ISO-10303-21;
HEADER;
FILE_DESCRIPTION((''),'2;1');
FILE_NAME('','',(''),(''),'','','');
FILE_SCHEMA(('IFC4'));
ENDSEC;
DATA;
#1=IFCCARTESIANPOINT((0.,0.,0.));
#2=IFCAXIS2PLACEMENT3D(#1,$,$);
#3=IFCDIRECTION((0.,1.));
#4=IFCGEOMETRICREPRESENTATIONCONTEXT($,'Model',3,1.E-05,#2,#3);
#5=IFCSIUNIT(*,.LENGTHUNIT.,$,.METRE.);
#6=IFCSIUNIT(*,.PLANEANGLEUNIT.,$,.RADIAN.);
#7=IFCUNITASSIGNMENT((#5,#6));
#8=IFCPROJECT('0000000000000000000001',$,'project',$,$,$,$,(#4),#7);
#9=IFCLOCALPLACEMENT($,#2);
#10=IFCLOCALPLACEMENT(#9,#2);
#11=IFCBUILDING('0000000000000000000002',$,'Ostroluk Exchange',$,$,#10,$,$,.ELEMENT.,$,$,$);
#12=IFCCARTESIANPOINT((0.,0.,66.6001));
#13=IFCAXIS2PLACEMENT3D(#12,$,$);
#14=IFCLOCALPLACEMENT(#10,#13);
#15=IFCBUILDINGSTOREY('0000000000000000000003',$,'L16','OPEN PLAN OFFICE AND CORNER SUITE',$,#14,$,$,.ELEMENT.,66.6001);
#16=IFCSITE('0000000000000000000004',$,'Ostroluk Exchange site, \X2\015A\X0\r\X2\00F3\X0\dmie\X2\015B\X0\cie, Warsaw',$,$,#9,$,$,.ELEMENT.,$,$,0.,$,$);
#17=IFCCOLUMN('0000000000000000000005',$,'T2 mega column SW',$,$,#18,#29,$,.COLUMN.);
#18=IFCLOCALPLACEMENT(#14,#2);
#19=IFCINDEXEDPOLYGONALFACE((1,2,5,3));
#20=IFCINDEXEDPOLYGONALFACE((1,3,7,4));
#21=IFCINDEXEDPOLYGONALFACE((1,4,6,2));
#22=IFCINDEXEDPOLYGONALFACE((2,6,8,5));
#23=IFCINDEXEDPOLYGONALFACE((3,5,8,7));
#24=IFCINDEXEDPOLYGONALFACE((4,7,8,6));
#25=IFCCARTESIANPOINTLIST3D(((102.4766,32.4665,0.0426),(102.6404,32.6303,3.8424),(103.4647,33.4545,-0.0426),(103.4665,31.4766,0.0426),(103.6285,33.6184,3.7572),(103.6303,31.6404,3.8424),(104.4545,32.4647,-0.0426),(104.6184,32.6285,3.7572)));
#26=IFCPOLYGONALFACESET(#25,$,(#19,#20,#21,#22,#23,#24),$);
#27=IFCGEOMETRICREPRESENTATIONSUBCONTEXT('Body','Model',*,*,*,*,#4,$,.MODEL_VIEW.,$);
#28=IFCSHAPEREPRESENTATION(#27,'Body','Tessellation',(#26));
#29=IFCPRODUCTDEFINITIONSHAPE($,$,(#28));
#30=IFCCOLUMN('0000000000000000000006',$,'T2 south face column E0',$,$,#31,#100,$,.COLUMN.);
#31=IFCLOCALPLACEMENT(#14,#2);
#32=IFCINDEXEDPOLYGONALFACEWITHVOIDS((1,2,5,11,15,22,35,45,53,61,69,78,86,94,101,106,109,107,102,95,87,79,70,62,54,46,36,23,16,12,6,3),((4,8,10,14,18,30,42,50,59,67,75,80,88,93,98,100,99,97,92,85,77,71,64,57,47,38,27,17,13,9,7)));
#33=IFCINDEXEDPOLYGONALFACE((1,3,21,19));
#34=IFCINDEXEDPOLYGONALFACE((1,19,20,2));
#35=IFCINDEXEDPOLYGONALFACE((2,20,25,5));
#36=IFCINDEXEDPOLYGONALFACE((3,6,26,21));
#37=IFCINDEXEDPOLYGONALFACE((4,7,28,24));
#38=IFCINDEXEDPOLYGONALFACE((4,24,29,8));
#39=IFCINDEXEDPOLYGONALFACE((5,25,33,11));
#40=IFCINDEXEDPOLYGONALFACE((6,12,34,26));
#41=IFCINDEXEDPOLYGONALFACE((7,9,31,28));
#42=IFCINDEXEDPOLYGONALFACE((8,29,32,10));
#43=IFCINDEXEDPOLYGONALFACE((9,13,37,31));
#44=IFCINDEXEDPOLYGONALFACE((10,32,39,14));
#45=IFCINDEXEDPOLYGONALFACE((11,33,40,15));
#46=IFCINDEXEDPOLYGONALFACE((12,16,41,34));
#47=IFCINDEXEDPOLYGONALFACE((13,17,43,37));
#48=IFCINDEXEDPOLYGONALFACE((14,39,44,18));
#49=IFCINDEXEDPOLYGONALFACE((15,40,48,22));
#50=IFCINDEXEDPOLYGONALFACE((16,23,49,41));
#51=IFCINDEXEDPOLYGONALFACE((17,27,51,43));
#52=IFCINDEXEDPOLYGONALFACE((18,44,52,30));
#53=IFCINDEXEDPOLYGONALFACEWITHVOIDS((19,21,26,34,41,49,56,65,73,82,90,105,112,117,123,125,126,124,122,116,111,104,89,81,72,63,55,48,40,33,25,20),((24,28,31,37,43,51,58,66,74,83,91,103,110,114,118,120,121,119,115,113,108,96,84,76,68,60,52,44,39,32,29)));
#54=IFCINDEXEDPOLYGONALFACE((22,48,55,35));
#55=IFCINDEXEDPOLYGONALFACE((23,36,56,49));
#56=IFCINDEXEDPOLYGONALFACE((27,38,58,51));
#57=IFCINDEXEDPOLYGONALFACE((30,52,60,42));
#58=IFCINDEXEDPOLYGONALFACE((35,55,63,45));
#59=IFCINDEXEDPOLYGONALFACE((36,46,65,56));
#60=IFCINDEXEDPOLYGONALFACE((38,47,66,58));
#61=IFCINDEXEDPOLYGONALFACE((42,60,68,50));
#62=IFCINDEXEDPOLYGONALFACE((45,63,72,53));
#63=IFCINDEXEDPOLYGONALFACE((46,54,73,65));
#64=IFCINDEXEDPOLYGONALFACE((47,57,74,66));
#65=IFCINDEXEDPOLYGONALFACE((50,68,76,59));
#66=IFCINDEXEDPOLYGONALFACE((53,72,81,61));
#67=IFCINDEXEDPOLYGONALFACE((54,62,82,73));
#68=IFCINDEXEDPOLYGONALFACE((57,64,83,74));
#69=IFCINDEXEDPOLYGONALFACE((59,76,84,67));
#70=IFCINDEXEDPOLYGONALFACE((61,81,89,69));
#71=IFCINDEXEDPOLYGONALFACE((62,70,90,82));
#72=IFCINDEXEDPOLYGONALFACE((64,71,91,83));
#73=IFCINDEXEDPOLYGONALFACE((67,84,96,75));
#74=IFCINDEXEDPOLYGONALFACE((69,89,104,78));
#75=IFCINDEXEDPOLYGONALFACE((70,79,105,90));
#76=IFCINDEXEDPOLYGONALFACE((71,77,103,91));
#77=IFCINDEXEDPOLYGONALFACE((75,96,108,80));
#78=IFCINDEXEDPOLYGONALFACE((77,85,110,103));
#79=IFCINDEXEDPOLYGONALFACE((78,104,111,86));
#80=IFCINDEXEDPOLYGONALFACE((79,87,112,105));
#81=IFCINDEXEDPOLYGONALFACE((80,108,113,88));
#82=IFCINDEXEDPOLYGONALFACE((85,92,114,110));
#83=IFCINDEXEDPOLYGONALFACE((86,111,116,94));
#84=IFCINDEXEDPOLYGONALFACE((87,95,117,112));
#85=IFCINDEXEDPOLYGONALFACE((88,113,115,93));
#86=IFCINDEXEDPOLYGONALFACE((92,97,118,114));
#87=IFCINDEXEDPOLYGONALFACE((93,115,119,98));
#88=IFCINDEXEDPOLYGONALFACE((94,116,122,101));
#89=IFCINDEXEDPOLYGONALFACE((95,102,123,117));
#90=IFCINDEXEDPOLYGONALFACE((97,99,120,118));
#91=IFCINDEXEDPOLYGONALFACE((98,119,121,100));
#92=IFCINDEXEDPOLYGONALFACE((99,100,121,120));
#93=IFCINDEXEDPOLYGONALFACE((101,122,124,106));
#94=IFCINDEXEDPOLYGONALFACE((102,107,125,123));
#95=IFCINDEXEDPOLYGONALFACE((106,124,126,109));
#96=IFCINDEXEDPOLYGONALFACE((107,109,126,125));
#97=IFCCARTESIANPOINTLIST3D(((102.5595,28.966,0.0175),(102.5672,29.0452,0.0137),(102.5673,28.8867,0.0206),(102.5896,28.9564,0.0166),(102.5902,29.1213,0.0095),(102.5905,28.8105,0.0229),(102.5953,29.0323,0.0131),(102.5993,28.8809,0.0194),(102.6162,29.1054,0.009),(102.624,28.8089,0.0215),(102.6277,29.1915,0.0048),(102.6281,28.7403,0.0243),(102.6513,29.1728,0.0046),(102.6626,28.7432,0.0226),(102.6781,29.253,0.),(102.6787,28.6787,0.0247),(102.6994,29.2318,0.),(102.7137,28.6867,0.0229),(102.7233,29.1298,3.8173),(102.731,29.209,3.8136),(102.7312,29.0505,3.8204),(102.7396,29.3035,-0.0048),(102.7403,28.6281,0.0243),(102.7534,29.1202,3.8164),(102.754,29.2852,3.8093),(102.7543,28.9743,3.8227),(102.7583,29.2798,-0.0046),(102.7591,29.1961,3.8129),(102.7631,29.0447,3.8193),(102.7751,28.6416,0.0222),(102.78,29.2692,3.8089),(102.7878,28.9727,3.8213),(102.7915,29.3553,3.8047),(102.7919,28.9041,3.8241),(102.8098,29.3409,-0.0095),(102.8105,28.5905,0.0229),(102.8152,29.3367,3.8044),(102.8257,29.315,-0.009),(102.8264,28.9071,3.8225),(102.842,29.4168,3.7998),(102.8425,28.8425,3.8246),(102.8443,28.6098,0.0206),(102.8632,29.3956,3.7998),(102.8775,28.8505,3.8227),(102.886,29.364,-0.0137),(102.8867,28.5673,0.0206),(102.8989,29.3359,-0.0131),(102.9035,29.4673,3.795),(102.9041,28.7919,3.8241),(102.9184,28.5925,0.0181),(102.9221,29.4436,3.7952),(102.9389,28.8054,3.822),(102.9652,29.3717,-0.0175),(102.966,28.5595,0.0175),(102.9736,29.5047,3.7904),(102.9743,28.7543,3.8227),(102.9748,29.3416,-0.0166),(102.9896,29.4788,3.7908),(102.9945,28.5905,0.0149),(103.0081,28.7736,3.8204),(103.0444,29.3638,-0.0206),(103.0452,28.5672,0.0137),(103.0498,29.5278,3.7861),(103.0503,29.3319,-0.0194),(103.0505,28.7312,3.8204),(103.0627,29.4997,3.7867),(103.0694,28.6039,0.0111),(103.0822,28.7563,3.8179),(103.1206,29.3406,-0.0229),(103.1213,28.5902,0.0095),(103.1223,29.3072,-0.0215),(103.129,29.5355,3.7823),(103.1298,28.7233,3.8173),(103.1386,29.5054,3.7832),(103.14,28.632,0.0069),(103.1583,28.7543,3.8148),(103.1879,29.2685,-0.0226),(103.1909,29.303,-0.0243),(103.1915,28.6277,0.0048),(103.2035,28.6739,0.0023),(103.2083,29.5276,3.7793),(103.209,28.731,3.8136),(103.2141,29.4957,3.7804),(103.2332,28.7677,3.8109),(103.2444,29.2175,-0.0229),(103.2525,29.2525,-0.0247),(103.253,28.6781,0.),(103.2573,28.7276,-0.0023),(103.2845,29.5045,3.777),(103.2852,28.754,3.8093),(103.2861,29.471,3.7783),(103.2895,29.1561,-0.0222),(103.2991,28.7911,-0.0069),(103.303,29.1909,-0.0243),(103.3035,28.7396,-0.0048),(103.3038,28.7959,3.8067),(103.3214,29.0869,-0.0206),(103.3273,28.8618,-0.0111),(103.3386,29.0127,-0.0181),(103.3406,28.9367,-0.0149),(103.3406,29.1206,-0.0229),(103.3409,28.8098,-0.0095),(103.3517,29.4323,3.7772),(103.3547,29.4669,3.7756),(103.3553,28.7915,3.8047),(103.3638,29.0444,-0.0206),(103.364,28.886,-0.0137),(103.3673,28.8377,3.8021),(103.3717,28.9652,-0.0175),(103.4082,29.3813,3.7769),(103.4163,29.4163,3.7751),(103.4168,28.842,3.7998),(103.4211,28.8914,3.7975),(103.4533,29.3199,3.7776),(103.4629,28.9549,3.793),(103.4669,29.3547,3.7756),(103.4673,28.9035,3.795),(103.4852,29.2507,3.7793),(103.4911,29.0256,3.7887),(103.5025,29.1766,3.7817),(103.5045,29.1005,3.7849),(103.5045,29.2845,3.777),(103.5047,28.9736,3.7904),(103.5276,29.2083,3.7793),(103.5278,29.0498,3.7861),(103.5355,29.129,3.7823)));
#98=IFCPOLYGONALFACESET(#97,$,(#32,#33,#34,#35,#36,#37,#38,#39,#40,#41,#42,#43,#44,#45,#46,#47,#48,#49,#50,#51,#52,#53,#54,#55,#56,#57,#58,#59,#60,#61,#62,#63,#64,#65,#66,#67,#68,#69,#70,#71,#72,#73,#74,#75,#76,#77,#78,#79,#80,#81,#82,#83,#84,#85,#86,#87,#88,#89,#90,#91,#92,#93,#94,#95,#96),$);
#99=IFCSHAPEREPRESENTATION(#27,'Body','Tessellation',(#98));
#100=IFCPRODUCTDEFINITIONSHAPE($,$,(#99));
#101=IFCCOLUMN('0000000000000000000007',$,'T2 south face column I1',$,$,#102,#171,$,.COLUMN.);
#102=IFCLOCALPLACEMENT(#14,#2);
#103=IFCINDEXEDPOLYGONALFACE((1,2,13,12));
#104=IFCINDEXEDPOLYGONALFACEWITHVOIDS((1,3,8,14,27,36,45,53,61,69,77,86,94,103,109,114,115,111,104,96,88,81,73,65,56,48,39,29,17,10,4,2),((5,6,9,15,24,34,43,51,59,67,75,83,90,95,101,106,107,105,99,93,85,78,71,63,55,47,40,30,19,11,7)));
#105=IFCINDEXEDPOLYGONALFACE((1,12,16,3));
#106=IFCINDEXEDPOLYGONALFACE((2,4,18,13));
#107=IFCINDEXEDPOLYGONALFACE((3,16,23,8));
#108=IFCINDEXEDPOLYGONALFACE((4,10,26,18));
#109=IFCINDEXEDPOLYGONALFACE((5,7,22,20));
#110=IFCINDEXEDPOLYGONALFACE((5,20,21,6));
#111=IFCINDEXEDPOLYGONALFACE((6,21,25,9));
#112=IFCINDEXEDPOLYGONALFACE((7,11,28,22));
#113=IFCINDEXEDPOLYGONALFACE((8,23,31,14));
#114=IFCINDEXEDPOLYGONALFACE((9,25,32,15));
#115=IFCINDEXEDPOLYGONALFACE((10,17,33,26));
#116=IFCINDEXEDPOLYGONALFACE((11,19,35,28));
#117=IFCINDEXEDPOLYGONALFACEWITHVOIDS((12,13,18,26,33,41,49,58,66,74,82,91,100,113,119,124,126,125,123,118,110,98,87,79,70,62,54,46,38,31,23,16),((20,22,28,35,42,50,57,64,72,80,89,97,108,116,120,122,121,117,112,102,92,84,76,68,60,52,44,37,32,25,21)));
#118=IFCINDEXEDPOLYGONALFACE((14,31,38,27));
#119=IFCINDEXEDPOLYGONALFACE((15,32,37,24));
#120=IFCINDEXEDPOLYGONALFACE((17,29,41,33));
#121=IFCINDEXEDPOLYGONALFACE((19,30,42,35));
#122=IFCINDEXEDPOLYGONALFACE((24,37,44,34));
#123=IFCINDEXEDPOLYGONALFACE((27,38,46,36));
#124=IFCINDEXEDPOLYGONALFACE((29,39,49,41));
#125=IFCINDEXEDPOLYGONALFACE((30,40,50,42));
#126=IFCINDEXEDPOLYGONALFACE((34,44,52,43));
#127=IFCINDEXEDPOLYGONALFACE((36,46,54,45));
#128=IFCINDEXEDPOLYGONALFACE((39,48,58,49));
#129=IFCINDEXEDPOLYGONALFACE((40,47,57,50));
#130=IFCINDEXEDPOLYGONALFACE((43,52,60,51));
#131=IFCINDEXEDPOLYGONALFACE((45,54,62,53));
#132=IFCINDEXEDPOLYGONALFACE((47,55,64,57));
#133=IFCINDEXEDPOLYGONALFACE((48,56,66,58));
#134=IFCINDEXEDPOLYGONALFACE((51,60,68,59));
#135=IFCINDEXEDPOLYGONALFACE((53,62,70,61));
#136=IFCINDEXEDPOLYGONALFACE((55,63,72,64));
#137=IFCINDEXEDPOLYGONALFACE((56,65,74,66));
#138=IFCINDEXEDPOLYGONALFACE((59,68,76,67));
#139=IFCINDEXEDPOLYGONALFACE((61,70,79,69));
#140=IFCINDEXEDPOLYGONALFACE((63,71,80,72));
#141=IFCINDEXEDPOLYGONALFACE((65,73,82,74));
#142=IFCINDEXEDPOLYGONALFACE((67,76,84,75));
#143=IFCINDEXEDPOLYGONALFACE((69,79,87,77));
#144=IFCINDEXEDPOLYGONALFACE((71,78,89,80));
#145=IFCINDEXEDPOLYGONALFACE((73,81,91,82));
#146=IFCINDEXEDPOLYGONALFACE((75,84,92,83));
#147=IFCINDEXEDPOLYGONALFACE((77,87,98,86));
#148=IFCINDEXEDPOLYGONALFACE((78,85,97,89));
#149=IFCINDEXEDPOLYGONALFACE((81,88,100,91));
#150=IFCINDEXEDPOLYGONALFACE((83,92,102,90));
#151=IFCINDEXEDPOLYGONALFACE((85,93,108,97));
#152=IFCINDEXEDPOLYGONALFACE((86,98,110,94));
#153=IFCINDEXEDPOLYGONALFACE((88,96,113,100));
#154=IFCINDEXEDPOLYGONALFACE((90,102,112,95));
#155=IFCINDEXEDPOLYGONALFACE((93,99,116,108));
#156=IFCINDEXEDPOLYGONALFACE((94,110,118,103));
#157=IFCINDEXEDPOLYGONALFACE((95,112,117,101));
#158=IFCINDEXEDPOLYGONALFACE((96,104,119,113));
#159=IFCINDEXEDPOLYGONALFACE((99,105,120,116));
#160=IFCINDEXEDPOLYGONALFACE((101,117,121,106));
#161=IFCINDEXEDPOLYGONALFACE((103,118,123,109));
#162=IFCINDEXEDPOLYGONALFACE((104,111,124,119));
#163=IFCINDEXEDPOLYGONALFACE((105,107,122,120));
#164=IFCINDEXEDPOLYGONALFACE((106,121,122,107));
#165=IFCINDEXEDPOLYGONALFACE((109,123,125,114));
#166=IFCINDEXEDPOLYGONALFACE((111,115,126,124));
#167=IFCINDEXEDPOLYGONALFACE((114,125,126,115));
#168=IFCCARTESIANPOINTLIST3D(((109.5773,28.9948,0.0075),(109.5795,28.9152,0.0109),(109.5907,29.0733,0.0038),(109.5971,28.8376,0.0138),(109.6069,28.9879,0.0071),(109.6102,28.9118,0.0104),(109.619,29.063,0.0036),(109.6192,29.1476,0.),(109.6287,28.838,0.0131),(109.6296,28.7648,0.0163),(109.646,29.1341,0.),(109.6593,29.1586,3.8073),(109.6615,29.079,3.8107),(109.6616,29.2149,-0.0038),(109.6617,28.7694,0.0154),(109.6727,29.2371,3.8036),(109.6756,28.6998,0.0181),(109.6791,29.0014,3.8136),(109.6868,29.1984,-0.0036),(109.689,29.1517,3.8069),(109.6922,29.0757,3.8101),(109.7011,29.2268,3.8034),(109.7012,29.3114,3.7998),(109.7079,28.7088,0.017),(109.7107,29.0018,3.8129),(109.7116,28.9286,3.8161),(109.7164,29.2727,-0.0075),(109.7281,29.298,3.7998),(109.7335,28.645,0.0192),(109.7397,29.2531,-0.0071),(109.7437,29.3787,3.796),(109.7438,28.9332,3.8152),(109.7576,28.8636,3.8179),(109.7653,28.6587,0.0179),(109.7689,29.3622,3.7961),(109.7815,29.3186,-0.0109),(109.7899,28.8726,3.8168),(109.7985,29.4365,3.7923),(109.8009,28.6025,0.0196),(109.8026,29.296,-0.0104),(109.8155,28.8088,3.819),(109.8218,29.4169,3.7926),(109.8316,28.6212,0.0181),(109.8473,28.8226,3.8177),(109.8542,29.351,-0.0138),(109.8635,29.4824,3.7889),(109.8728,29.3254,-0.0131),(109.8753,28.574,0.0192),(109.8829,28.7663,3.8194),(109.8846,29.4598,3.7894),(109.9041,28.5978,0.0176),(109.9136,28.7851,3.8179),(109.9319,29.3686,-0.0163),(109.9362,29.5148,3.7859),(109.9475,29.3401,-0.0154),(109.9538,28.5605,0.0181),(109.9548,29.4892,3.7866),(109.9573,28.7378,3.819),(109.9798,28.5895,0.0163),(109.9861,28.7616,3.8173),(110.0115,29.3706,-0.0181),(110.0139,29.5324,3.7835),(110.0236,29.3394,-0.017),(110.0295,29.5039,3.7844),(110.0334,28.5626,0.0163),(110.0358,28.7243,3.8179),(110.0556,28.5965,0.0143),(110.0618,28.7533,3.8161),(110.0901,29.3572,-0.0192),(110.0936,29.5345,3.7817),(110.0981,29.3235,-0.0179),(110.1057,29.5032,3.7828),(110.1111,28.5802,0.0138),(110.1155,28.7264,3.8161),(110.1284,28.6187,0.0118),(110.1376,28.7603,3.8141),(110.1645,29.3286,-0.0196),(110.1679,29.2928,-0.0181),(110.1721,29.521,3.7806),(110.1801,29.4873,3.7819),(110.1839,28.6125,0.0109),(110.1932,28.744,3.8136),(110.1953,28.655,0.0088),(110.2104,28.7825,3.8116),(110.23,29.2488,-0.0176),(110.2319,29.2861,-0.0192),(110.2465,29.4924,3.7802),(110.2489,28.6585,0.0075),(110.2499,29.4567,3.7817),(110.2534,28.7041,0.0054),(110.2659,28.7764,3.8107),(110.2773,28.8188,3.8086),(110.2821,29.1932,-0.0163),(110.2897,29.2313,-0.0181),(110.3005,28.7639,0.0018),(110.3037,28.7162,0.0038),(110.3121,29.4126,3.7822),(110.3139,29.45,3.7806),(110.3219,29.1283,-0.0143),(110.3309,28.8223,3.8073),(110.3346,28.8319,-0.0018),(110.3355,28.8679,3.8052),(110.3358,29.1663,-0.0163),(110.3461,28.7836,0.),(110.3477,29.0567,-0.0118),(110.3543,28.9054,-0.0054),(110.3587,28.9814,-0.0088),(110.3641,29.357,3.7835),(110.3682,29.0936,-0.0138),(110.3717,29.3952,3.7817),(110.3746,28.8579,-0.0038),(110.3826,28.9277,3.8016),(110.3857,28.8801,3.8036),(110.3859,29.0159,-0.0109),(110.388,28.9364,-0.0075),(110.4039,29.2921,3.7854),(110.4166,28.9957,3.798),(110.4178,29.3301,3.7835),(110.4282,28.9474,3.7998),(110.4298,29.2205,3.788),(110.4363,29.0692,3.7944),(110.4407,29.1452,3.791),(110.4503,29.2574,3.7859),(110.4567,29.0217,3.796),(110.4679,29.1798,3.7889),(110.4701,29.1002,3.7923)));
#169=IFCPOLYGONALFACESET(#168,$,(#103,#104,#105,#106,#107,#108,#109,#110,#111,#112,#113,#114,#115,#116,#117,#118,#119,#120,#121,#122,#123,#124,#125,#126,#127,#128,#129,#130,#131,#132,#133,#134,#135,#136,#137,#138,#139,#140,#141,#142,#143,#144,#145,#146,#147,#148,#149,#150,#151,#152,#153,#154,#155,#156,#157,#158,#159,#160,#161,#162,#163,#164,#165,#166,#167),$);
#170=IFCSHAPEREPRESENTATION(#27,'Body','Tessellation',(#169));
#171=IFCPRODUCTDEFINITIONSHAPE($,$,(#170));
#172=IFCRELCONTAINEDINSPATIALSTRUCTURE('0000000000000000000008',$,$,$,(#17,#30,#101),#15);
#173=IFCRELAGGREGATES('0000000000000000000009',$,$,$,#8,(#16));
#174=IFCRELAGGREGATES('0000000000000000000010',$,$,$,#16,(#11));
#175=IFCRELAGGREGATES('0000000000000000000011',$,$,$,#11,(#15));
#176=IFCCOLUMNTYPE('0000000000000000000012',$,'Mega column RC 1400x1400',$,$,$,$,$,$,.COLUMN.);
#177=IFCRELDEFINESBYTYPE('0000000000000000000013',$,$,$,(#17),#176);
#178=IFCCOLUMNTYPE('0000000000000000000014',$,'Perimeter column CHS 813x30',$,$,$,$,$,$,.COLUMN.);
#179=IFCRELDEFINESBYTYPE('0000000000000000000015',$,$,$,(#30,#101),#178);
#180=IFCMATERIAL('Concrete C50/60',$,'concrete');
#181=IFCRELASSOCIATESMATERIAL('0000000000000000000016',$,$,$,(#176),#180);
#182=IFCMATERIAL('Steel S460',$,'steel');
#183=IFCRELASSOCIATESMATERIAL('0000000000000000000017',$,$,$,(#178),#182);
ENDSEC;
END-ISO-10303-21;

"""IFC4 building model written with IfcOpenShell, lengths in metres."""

from ifc_helpers import new_model, si_unit, direction, frame, origin, origin_2d, place, context, subcontext, project, spatial, rectangle, hollow_circle, extrude, material, material_profile, profile_set, type_object, element, save


model = new_model("IFC4")

# Units and contexts
model_context = context("Model", 3, precision=1e-05, world=origin(), true_north=direction((0.0, 1.0)))
body_context = subcontext(model_context, "Body", "Model", "MODEL_VIEW")
ifc_project = project(units=[si_unit("LENGTHUNIT", "METRE"), si_unit("PLANEANGLEUNIT", "RADIAN")], contexts=[model_context])

# Site, building, storey
site_placement = place(None, origin())
site = spatial("IfcSite", under=ifc_project, at=site_placement, Name="Ostroluk Exchange site, Śródmieście, Warsaw", CompositionType="ELEMENT", RefElevation=0.0)
building_placement = place(site_placement, origin())
building = spatial("IfcBuilding", under=site, at=building_placement, Name="Ostroluk Exchange", CompositionType="ELEMENT")
storey_placement = place(building_placement, frame((0.0, 0.0, 66.6001)))
storey = spatial("IfcBuildingStorey", under=building, at=storey_placement, Name="L16", Description="OPEN PLAN OFFICE AND CORNER SUITE", CompositionType="ELEMENT", Elevation=66.6001)

# Columns
ifc_material_1 = material(Name="Concrete C50/60", Category="concrete")
ifc_material_profile_1 = material_profile(ifc_material_1, rectangle(XDim=1.3999, YDim=1.3999, at=origin_2d()), Name="RC 1400x1400")
ifc_profile_set_1 = profile_set([ifc_material_profile_1], Name="Concrete C50/60")
column_type_1 = type_object("IfcColumnType", Name="Mega column RC 1400x1400", PredefinedType="COLUMN", material=ifc_profile_set_1)
column_1_placement = place(storey_placement, frame((103.4656, 32.4656, 0.0), z_axis=(0.043032, 0.043032, 0.998146), x_axis=(-0.707107, 0.707107, 0.0)))
element("IfcColumn", 1, at=column_1_placement, inside=storey, type_object=column_type_1, Name="T2 mega column SW", PredefinedType="COLUMN", context=body_context, shape_type="SweptSolid", body=[
    extrude(rectangle(XDim=1.3999, YDim=1.3999, at=origin_2d()), origin(), (0.0, 0.0, 1.0), 3.8069),
])
ifc_material_2 = material(Name="Steel S460", Category="steel")
ifc_material_profile_2 = material_profile(ifc_material_2, hollow_circle(Radius=0.4065, WallThickness=0.03, at=origin_2d()), Name="CHS 813x30")
ifc_profile_set_2 = profile_set([ifc_material_profile_2], Name="Steel S460")
column_type_2 = type_object("IfcColumnType", Name="Perimeter column CHS 813x30", PredefinedType="COLUMN", material=ifc_profile_set_2)
column_2_placement = place(storey_placement, frame((102.9656, 28.9656, 0.0), z_axis=(0.043032, 0.043032, 0.998146), x_axis=(-0.707107, 0.707107, 0.0)))
element("IfcColumn", 2, at=column_2_placement, inside=storey, type_object=column_type_2, Name="T2 south face column E0", PredefinedType="COLUMN", context=body_context, shape_type="SweptSolid", body=[
    extrude(hollow_circle(Radius=0.4065, WallThickness=0.03, at=origin_2d()), origin(), (0.0, 0.0, 1.0), 3.8069),
])
column_3_placement = place(storey_placement, frame((109.9827, 28.9656, 0.0), z_axis=(0.021563, 0.043062, 0.99884), x_axis=(-0.894161, 0.447747, 0.0)))
element("IfcColumn", 3, at=column_3_placement, inside=storey, type_object=column_type_2, Name="T2 south face column I1", PredefinedType="COLUMN", context=body_context, shape_type="SweptSolid", body=[
    extrude(hollow_circle(Radius=0.4065, WallThickness=0.03, at=origin_2d()), origin(), (0.0, 0.0, 1.0), 3.8042),
])

save(model, "model.ifc")
